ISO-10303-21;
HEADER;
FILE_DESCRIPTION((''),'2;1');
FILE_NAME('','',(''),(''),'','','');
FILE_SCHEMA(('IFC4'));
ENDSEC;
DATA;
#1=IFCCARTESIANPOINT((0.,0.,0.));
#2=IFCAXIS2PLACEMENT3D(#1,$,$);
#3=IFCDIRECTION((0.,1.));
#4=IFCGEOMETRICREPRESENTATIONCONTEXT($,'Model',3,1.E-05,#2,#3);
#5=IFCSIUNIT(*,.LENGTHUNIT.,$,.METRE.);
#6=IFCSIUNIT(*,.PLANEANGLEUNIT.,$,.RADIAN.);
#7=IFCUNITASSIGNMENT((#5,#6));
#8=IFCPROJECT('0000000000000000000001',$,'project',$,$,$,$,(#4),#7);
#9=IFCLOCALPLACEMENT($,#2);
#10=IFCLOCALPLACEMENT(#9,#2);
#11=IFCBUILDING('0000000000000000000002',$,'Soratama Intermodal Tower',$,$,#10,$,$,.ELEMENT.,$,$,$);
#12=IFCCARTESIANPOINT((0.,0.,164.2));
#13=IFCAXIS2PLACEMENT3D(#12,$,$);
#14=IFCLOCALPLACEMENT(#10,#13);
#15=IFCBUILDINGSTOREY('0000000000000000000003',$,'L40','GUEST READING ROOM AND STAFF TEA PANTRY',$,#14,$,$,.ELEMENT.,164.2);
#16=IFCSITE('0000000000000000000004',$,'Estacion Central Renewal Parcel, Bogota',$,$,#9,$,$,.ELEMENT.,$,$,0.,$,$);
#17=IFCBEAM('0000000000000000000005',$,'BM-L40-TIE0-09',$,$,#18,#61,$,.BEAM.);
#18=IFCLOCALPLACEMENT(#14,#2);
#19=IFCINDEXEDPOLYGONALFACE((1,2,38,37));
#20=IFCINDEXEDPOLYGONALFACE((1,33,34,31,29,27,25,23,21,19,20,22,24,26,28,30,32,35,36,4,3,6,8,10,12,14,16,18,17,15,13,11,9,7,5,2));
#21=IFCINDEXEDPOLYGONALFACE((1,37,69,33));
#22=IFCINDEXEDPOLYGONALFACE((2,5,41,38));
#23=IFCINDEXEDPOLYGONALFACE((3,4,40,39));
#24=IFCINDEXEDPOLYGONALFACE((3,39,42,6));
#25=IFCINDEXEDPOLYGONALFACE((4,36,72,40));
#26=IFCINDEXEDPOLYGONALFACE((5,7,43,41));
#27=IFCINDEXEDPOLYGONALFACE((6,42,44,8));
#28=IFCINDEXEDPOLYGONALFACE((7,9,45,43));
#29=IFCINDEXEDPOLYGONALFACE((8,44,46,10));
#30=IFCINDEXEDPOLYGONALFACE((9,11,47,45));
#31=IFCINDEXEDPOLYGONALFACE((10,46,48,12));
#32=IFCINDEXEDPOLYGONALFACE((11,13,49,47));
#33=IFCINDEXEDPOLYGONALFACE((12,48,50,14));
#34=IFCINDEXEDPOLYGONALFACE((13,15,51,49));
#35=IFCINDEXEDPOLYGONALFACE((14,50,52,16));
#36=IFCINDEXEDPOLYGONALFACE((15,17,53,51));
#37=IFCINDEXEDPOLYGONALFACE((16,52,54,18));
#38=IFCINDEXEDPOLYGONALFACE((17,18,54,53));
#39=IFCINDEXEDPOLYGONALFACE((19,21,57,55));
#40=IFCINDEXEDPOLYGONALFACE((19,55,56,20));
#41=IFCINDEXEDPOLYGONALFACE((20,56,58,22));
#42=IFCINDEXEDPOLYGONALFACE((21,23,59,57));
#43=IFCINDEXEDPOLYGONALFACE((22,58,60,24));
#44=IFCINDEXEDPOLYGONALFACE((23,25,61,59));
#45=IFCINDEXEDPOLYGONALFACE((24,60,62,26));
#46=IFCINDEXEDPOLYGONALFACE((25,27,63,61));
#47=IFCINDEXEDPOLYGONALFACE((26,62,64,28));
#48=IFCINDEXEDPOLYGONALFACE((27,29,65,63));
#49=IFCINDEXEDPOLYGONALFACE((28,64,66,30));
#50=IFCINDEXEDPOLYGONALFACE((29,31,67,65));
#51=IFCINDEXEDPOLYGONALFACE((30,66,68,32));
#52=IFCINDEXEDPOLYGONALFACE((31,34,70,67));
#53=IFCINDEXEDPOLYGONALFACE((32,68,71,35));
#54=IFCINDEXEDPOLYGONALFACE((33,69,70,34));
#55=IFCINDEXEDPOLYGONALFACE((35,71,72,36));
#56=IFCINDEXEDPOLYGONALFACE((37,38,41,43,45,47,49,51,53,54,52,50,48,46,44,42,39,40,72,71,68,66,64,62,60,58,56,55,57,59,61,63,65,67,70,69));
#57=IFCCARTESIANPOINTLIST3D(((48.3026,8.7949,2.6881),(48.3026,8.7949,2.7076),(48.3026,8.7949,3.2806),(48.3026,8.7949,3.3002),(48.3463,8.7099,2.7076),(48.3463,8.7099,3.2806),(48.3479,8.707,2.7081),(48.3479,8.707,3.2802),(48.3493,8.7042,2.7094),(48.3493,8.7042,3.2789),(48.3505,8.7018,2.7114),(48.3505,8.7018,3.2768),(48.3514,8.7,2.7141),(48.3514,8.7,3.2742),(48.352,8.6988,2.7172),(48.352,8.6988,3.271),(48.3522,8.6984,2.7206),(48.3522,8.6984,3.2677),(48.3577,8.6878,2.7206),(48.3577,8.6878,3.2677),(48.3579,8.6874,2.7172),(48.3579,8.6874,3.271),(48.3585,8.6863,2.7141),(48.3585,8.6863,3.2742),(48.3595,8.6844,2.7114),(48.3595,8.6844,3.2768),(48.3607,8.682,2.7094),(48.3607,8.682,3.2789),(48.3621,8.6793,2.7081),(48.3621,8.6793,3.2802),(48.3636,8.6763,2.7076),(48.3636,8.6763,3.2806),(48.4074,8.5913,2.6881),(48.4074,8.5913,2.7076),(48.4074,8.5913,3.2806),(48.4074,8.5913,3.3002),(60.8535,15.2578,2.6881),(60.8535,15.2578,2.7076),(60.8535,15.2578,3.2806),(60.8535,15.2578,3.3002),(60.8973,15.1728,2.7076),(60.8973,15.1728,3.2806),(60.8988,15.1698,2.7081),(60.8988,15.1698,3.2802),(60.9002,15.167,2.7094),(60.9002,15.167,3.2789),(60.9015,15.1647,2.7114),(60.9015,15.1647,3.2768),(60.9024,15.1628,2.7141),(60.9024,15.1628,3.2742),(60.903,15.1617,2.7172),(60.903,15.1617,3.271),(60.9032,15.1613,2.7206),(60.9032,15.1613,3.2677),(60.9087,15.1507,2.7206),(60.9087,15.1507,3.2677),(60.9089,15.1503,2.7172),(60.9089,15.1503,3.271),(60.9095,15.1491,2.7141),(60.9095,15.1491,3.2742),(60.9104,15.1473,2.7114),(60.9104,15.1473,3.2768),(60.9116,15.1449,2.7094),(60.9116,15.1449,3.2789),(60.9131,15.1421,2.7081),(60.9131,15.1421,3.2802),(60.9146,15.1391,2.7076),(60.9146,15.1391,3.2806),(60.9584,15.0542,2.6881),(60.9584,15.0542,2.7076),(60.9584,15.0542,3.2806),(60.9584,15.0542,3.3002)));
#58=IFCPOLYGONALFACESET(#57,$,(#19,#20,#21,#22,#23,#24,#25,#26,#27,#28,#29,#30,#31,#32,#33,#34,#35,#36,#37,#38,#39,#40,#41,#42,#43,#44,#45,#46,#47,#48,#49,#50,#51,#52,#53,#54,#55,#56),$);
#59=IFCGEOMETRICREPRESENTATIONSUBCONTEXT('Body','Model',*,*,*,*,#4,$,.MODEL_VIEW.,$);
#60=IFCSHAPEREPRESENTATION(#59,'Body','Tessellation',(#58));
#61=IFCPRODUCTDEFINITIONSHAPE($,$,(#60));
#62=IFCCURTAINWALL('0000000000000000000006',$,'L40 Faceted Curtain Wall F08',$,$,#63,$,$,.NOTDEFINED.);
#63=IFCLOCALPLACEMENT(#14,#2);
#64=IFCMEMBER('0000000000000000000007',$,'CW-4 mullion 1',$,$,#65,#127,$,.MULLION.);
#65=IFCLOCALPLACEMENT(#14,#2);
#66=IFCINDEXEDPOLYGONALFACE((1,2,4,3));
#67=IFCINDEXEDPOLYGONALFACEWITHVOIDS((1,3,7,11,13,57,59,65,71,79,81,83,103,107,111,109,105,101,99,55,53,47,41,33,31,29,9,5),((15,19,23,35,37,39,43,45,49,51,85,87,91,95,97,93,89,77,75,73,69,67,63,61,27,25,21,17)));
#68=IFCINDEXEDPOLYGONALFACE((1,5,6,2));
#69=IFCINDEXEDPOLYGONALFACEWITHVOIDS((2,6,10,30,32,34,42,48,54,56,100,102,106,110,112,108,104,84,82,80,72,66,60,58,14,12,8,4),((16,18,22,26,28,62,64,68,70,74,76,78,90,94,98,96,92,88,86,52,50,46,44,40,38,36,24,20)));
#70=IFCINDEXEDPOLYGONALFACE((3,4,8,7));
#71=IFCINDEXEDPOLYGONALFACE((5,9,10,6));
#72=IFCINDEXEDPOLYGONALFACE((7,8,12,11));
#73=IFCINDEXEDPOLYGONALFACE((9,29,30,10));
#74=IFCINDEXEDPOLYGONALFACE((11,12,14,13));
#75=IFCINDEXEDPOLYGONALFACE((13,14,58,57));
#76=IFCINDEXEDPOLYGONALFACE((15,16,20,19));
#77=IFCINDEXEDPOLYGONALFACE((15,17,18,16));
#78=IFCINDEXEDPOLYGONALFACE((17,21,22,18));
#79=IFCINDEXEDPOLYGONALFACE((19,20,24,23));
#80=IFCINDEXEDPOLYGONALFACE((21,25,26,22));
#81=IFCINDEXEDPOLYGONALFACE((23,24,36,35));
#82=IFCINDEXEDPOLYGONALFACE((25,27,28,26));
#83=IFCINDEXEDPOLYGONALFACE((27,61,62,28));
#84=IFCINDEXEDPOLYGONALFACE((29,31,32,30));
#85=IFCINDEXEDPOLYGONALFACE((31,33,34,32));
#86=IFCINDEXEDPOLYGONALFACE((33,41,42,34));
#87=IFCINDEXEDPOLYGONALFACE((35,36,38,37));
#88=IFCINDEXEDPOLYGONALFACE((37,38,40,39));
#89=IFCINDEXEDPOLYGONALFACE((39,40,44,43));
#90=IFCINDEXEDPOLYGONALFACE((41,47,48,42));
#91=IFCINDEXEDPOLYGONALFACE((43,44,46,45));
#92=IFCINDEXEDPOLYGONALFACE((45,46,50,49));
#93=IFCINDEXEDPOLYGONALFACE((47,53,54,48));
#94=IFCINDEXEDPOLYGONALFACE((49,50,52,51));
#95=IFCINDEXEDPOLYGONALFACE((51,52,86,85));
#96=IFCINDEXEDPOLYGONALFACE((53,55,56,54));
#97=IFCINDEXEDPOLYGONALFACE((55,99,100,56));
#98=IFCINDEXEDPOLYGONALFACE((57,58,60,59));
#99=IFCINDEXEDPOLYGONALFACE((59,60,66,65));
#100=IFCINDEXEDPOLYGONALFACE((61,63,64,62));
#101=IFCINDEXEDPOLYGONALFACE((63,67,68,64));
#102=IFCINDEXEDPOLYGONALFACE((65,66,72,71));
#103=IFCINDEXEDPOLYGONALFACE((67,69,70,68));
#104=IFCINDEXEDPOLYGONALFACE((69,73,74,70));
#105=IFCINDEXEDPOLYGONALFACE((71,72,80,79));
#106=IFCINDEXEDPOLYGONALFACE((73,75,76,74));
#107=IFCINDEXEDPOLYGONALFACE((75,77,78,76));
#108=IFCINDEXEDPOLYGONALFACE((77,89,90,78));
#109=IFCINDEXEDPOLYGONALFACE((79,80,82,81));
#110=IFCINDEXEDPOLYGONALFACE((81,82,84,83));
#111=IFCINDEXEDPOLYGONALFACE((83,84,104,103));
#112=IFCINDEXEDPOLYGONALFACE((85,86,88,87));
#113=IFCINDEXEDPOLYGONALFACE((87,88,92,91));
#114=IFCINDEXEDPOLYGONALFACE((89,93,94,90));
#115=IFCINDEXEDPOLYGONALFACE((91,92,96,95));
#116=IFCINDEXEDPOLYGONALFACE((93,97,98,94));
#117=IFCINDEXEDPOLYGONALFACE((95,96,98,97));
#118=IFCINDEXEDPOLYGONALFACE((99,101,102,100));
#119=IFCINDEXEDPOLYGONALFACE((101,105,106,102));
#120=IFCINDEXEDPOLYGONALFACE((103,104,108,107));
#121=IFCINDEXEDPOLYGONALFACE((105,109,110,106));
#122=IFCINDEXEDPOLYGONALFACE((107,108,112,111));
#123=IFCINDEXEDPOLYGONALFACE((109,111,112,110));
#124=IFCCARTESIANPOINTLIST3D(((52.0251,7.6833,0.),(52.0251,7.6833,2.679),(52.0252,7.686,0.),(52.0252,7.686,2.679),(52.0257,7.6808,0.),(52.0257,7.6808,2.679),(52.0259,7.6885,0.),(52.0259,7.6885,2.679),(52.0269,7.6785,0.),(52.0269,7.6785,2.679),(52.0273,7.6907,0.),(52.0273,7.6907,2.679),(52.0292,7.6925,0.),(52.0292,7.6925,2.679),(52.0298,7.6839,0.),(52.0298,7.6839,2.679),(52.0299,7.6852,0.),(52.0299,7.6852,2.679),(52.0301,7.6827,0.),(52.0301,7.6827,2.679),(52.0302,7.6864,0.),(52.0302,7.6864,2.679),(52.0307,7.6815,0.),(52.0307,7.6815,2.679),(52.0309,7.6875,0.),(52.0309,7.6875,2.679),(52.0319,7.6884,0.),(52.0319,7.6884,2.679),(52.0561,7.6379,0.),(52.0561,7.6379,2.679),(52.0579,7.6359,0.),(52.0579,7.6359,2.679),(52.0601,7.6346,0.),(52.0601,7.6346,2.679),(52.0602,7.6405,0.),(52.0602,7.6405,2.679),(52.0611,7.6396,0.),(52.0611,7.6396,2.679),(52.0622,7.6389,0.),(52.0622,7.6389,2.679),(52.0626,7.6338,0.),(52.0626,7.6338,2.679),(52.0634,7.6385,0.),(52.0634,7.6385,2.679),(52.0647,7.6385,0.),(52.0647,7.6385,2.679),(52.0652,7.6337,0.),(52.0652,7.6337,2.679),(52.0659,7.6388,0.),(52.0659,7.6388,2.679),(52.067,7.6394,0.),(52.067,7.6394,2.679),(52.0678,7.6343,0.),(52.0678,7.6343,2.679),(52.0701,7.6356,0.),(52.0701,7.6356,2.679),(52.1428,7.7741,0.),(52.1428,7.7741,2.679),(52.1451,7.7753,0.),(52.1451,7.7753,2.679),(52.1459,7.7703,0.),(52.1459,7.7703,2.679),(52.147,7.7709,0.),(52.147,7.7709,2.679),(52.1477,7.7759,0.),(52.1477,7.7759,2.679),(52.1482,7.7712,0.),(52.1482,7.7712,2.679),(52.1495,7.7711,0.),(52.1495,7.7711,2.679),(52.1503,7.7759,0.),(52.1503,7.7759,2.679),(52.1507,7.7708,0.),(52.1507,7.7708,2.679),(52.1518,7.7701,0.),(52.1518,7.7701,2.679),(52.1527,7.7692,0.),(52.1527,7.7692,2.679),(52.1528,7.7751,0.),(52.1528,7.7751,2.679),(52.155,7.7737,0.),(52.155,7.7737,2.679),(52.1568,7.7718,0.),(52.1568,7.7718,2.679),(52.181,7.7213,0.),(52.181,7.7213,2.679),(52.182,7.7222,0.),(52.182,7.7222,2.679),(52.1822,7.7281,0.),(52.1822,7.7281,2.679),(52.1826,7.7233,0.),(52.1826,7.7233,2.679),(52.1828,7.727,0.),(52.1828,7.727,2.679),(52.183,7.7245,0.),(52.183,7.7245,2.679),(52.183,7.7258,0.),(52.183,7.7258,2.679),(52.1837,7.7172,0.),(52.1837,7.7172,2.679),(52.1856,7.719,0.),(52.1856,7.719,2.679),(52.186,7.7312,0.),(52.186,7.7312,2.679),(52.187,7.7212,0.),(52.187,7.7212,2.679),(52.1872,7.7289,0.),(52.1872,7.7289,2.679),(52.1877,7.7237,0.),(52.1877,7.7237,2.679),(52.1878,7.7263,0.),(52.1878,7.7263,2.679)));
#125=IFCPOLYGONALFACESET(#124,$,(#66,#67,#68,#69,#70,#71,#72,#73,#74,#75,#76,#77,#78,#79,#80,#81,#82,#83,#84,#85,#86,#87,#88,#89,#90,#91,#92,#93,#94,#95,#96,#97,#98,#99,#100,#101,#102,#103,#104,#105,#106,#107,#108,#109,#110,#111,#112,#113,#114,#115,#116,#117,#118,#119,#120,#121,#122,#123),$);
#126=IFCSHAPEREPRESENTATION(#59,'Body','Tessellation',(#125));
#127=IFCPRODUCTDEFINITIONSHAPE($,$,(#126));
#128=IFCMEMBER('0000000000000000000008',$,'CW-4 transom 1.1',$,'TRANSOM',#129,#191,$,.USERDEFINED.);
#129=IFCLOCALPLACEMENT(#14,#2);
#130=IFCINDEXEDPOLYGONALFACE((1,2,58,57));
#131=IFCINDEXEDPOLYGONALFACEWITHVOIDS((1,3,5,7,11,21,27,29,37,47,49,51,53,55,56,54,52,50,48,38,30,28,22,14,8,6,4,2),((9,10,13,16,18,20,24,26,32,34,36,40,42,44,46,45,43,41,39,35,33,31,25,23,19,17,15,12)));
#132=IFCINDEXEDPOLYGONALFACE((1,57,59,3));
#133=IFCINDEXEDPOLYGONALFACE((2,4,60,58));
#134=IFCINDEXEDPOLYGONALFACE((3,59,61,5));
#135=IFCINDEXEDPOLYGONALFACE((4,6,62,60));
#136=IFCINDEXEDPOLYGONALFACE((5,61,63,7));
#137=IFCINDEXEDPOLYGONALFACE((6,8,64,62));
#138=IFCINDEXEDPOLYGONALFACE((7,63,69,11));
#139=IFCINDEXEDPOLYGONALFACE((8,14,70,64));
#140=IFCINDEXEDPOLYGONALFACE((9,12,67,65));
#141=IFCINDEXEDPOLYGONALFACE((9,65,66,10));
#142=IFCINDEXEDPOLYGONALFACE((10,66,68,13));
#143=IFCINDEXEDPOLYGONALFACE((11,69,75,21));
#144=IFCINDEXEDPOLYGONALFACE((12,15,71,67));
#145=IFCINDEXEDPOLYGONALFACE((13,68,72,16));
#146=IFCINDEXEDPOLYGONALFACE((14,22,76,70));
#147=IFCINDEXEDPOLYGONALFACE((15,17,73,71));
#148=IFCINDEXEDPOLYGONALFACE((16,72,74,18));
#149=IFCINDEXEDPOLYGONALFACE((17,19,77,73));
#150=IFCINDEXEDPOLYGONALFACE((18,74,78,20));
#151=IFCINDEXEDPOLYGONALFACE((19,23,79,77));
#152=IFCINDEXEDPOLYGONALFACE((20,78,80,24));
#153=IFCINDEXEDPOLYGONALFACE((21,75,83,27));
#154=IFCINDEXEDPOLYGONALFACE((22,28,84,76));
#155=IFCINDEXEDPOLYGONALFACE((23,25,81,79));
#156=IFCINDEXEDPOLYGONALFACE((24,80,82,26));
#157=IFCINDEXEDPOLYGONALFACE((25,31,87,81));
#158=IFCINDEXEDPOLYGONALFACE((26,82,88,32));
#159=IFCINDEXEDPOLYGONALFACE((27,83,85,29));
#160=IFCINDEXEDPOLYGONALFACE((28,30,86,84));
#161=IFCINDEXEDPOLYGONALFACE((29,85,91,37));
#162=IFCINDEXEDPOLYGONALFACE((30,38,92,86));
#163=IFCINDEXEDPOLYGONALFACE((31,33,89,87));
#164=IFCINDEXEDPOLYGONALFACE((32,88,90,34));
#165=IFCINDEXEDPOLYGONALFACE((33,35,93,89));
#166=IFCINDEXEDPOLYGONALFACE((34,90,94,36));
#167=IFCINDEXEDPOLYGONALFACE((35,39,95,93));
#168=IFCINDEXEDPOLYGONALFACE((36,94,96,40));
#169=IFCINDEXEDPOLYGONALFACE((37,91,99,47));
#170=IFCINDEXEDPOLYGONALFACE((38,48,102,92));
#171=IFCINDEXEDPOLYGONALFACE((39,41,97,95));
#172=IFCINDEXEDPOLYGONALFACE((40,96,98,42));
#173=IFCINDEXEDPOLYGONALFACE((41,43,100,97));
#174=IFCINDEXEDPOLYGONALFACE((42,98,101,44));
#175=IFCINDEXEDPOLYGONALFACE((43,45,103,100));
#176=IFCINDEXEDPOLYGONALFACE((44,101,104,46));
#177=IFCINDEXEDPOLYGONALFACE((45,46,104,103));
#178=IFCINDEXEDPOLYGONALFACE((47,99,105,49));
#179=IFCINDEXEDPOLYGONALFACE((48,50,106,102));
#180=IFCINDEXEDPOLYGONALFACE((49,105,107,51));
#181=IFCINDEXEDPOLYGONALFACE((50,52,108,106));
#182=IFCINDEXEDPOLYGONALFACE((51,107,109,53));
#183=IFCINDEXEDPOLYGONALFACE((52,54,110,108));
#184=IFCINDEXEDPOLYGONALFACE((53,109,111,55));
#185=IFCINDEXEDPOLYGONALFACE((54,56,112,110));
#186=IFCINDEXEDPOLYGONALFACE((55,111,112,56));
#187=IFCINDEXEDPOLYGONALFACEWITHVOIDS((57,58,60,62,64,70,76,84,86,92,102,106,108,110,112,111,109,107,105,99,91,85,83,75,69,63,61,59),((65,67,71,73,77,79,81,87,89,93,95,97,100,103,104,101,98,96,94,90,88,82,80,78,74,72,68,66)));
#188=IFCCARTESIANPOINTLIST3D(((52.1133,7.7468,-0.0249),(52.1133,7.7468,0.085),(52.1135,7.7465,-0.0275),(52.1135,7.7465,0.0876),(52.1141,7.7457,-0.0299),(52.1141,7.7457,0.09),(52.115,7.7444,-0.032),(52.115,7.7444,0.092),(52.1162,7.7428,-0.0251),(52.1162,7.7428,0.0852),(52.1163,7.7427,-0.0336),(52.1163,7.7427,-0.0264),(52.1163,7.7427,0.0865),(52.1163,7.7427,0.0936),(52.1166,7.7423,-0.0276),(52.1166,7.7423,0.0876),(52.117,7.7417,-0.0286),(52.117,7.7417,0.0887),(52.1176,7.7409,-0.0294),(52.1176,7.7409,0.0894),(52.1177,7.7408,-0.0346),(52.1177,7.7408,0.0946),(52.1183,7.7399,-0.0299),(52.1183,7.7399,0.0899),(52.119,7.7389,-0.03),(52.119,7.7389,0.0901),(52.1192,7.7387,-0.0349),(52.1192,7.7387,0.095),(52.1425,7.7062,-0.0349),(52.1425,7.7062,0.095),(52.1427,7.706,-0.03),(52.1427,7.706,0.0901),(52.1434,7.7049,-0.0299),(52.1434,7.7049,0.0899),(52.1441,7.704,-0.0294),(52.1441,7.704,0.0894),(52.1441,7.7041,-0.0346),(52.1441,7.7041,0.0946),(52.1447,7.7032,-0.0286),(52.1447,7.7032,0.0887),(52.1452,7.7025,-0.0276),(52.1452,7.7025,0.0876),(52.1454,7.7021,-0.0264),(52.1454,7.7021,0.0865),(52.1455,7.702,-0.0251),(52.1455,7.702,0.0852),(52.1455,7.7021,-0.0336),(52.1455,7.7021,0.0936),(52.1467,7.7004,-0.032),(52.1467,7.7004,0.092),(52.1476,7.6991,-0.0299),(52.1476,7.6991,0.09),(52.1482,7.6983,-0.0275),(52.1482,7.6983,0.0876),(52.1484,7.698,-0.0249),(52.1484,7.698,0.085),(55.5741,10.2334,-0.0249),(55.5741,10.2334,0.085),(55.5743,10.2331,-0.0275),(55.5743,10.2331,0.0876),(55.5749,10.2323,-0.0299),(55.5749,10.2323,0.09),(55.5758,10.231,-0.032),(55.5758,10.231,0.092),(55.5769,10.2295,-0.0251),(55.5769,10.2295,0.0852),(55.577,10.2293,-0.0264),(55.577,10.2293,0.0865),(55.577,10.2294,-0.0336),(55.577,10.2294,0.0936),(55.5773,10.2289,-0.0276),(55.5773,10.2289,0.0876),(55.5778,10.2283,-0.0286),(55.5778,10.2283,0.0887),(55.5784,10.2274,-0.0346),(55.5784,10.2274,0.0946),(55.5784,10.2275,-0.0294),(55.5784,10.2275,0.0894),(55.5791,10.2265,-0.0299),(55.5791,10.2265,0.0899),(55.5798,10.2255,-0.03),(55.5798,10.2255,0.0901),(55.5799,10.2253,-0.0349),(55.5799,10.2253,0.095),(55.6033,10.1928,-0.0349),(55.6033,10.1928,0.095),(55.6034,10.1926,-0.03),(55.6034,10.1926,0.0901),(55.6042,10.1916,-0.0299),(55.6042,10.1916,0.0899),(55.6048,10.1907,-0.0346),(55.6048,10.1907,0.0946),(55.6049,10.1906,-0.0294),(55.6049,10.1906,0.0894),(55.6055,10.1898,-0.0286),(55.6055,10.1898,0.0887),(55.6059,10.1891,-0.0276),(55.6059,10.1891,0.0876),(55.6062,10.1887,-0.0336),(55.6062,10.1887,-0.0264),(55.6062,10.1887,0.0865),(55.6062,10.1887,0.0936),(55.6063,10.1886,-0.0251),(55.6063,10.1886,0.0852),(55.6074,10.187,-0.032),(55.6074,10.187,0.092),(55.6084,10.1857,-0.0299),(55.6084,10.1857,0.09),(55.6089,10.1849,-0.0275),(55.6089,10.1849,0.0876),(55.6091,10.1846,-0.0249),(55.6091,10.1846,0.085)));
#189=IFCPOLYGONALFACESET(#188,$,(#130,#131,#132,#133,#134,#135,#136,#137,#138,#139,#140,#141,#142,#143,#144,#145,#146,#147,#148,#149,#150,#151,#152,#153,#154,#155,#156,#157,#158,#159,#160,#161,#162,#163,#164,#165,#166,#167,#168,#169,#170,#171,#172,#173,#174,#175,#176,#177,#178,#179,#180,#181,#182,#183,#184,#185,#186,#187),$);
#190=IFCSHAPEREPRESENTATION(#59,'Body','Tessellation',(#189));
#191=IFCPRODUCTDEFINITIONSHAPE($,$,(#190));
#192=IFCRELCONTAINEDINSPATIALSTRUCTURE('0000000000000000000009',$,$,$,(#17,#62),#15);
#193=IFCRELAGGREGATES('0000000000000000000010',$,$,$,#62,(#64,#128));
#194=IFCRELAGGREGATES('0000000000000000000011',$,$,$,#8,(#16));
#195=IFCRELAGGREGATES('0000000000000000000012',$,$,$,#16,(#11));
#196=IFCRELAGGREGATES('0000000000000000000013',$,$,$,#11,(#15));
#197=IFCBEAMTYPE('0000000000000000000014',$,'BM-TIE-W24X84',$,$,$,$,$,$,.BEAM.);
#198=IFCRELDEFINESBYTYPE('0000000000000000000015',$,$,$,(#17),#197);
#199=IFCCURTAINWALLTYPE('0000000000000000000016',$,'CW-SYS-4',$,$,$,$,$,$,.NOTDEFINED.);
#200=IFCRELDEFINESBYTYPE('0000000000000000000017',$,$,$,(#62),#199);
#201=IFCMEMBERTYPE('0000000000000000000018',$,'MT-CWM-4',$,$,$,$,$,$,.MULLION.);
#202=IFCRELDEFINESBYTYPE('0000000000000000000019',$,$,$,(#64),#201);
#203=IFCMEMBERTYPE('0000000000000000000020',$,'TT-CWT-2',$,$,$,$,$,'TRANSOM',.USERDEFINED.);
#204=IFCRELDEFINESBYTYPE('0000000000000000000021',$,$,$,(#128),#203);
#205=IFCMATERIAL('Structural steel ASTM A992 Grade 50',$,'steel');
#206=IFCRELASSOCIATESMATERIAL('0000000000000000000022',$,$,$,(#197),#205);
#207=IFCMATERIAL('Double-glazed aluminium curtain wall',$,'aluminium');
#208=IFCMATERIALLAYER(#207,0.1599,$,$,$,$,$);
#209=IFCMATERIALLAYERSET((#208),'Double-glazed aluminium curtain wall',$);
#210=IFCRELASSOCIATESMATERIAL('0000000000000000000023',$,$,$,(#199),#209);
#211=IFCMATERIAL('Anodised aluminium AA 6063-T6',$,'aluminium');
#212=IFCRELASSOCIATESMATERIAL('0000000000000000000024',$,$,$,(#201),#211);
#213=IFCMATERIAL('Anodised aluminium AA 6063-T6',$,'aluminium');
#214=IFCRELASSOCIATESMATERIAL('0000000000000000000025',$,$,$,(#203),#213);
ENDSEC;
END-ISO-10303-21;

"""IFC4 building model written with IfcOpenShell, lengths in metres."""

from ifc_helpers import new_model, si_unit, direction, frame, origin, origin_2d, place, context, subcontext, project, spatial, hollow_rectangle, i_section, extrude, material, layer, layer_set, material_profile, profile_set, type_object, element, aggregate, save


model = new_model("IFC4")

# Units and contexts
model_context = context("Model", 3, precision=1e-05, world=origin(), true_north=direction((0.0, 1.0)))
body_context = subcontext(model_context, "Body", "Model", "MODEL_VIEW")
ifc_project = project(units=[si_unit("LENGTHUNIT", "METRE"), si_unit("PLANEANGLEUNIT", "RADIAN")], contexts=[model_context])

# Site, building, storey
site_placement = place(None, origin())
site = spatial("IfcSite", under=ifc_project, at=site_placement, Name="Estacion Central Renewal Parcel, Bogota", CompositionType="ELEMENT", RefElevation=0.0)
building_placement = place(site_placement, origin())
building = spatial("IfcBuilding", under=site, at=building_placement, Name="Soratama Intermodal Tower", CompositionType="ELEMENT")
storey_placement = place(building_placement, frame((0.0, 0.0, 164.2)))
storey = spatial("IfcBuildingStorey", under=building, at=storey_placement, Name="L40", Description="GUEST READING ROOM AND STAFF TEA PANTRY", CompositionType="ELEMENT", Elevation=164.2)

# Beam
ifc_material_1 = material(Name="Structural steel ASTM A992 Grade 50", Category="steel")
ifc_material_profile_1 = material_profile(ifc_material_1, i_section(OverallWidth=0.229, OverallDepth=0.6121, WebThickness=0.012, FlangeThickness=0.0195, FilletRadius=0.0129, at=origin_2d()), Name="W24X84")
ifc_profile_set_1 = profile_set([ifc_material_profile_1], Name="Structural steel ASTM A992 Grade 50")
beam_type_1 = type_object("IfcBeamType", Name="BM-TIE-W24X84", PredefinedType="BEAM", material=ifc_profile_set_1)
beam_1_placement = place(storey_placement, frame((48.355, 8.6931, 2.9941), z_axis=(0.889055, 0.4578, 0.0), x_axis=(-0.4578, 0.889055, 0.0)))
element("IfcBeam", 1, at=beam_1_placement, inside=storey, type_object=beam_type_1, Name="BM-L40-TIE0-09", PredefinedType="BEAM", context=body_context, shape_type="SweptSolid", body=[
    extrude(i_section(OverallWidth=0.229, OverallDepth=0.6121, WebThickness=0.012, FlangeThickness=0.0195, FilletRadius=0.0129, at=origin_2d()), origin(), (0.0, 0.0, 1.0), 14.1172),
])

# Curtain wall, members
ifc_material_2 = material(Name="Double-glazed aluminium curtain wall", Category="aluminium")
ifc_layer_1 = layer(ifc_material_2, 0.1599)
ifc_layer_set_1 = layer_set([ifc_layer_1], Name="Double-glazed aluminium curtain wall")
curtain_wall_type = type_object("IfcCurtainWallType", Name="CW-SYS-4", PredefinedType="NOTDEFINED", material=ifc_layer_set_1)
curtain_wall_placement = place(storey_placement, origin())
curtain_wall = element("IfcCurtainWall", 2, at=curtain_wall_placement, inside=storey, type_object=curtain_wall_type, Name="L40 Faceted Curtain Wall F08", PredefinedType="NOTDEFINED")
ifc_material_3 = material(Name="Anodised aluminium AA 6063-T6", Category="aluminium")
ifc_material_profile_2 = material_profile(ifc_material_3, hollow_rectangle(XDim=0.0701, YDim=0.1599, WallThickness=0.0049, InnerFilletRadius=0.0049, OuterFilletRadius=0.01, at=origin_2d()), Name="CWM160X70X5")
ifc_profile_set_2 = profile_set([ifc_material_profile_2], Name="Anodised aluminium AA 6063-T6")
member_type_1 = type_object("IfcMemberType", Name="MT-CWM-4", PredefinedType="MULLION", material=ifc_profile_set_2)
member_1_placement = place(storey_placement, frame((52.1064, 7.7048, 0.0), z_axis=(0.0, 0.0, 1.0), x_axis=(-0.583543, 0.812082, 0.0)))
member_1 = element("IfcMember", 3, at=member_1_placement, type_object=member_type_1, Name="CW-4 mullion 1", PredefinedType="MULLION", context=body_context, shape_type="SweptSolid", body=[
    extrude(hollow_rectangle(XDim=0.0701, YDim=0.1599, WallThickness=0.0049, InnerFilletRadius=0.0049, OuterFilletRadius=0.01, at=origin_2d()), origin(), (0.0, 0.0, 1.0), 2.679),
])
ifc_material_4 = material(Name="Anodised aluminium AA 6063-T6", Category="aluminium")
ifc_material_profile_3 = material_profile(ifc_material_4, hollow_rectangle(XDim=0.0601, YDim=0.1299, WallThickness=0.0049, InnerFilletRadius=0.0049, OuterFilletRadius=0.01, at=origin_2d()), Name="CWT130X60X5")
ifc_profile_set_3 = profile_set([ifc_material_profile_3], Name="Anodised aluminium AA 6063-T6")
member_type_2 = type_object("IfcMemberType", Name="TT-CWT-2", ElementType="TRANSOM", PredefinedType="USERDEFINED", material=ifc_profile_set_3)
member_2_placement = place(storey_placement, frame((52.1309, 7.7224, 0.03), z_axis=(0.812104, 0.583512, 0.0), x_axis=(-0.583512, 0.812104, 0.0)))
member_2 = element("IfcMember", 4, at=member_2_placement, type_object=member_type_2, Name="CW-4 transom 1.1", ObjectType="TRANSOM", PredefinedType="USERDEFINED", context=body_context, shape_type="SweptSolid", body=[
    extrude(hollow_rectangle(XDim=0.0601, YDim=0.1299, WallThickness=0.0049, InnerFilletRadius=0.0049, OuterFilletRadius=0.01, at=origin_2d()), origin(), (0.0, 0.0, 1.0), 4.2615),
])
aggregate(curtain_wall, [member_1, member_2])

save(model, "model.ifc")
